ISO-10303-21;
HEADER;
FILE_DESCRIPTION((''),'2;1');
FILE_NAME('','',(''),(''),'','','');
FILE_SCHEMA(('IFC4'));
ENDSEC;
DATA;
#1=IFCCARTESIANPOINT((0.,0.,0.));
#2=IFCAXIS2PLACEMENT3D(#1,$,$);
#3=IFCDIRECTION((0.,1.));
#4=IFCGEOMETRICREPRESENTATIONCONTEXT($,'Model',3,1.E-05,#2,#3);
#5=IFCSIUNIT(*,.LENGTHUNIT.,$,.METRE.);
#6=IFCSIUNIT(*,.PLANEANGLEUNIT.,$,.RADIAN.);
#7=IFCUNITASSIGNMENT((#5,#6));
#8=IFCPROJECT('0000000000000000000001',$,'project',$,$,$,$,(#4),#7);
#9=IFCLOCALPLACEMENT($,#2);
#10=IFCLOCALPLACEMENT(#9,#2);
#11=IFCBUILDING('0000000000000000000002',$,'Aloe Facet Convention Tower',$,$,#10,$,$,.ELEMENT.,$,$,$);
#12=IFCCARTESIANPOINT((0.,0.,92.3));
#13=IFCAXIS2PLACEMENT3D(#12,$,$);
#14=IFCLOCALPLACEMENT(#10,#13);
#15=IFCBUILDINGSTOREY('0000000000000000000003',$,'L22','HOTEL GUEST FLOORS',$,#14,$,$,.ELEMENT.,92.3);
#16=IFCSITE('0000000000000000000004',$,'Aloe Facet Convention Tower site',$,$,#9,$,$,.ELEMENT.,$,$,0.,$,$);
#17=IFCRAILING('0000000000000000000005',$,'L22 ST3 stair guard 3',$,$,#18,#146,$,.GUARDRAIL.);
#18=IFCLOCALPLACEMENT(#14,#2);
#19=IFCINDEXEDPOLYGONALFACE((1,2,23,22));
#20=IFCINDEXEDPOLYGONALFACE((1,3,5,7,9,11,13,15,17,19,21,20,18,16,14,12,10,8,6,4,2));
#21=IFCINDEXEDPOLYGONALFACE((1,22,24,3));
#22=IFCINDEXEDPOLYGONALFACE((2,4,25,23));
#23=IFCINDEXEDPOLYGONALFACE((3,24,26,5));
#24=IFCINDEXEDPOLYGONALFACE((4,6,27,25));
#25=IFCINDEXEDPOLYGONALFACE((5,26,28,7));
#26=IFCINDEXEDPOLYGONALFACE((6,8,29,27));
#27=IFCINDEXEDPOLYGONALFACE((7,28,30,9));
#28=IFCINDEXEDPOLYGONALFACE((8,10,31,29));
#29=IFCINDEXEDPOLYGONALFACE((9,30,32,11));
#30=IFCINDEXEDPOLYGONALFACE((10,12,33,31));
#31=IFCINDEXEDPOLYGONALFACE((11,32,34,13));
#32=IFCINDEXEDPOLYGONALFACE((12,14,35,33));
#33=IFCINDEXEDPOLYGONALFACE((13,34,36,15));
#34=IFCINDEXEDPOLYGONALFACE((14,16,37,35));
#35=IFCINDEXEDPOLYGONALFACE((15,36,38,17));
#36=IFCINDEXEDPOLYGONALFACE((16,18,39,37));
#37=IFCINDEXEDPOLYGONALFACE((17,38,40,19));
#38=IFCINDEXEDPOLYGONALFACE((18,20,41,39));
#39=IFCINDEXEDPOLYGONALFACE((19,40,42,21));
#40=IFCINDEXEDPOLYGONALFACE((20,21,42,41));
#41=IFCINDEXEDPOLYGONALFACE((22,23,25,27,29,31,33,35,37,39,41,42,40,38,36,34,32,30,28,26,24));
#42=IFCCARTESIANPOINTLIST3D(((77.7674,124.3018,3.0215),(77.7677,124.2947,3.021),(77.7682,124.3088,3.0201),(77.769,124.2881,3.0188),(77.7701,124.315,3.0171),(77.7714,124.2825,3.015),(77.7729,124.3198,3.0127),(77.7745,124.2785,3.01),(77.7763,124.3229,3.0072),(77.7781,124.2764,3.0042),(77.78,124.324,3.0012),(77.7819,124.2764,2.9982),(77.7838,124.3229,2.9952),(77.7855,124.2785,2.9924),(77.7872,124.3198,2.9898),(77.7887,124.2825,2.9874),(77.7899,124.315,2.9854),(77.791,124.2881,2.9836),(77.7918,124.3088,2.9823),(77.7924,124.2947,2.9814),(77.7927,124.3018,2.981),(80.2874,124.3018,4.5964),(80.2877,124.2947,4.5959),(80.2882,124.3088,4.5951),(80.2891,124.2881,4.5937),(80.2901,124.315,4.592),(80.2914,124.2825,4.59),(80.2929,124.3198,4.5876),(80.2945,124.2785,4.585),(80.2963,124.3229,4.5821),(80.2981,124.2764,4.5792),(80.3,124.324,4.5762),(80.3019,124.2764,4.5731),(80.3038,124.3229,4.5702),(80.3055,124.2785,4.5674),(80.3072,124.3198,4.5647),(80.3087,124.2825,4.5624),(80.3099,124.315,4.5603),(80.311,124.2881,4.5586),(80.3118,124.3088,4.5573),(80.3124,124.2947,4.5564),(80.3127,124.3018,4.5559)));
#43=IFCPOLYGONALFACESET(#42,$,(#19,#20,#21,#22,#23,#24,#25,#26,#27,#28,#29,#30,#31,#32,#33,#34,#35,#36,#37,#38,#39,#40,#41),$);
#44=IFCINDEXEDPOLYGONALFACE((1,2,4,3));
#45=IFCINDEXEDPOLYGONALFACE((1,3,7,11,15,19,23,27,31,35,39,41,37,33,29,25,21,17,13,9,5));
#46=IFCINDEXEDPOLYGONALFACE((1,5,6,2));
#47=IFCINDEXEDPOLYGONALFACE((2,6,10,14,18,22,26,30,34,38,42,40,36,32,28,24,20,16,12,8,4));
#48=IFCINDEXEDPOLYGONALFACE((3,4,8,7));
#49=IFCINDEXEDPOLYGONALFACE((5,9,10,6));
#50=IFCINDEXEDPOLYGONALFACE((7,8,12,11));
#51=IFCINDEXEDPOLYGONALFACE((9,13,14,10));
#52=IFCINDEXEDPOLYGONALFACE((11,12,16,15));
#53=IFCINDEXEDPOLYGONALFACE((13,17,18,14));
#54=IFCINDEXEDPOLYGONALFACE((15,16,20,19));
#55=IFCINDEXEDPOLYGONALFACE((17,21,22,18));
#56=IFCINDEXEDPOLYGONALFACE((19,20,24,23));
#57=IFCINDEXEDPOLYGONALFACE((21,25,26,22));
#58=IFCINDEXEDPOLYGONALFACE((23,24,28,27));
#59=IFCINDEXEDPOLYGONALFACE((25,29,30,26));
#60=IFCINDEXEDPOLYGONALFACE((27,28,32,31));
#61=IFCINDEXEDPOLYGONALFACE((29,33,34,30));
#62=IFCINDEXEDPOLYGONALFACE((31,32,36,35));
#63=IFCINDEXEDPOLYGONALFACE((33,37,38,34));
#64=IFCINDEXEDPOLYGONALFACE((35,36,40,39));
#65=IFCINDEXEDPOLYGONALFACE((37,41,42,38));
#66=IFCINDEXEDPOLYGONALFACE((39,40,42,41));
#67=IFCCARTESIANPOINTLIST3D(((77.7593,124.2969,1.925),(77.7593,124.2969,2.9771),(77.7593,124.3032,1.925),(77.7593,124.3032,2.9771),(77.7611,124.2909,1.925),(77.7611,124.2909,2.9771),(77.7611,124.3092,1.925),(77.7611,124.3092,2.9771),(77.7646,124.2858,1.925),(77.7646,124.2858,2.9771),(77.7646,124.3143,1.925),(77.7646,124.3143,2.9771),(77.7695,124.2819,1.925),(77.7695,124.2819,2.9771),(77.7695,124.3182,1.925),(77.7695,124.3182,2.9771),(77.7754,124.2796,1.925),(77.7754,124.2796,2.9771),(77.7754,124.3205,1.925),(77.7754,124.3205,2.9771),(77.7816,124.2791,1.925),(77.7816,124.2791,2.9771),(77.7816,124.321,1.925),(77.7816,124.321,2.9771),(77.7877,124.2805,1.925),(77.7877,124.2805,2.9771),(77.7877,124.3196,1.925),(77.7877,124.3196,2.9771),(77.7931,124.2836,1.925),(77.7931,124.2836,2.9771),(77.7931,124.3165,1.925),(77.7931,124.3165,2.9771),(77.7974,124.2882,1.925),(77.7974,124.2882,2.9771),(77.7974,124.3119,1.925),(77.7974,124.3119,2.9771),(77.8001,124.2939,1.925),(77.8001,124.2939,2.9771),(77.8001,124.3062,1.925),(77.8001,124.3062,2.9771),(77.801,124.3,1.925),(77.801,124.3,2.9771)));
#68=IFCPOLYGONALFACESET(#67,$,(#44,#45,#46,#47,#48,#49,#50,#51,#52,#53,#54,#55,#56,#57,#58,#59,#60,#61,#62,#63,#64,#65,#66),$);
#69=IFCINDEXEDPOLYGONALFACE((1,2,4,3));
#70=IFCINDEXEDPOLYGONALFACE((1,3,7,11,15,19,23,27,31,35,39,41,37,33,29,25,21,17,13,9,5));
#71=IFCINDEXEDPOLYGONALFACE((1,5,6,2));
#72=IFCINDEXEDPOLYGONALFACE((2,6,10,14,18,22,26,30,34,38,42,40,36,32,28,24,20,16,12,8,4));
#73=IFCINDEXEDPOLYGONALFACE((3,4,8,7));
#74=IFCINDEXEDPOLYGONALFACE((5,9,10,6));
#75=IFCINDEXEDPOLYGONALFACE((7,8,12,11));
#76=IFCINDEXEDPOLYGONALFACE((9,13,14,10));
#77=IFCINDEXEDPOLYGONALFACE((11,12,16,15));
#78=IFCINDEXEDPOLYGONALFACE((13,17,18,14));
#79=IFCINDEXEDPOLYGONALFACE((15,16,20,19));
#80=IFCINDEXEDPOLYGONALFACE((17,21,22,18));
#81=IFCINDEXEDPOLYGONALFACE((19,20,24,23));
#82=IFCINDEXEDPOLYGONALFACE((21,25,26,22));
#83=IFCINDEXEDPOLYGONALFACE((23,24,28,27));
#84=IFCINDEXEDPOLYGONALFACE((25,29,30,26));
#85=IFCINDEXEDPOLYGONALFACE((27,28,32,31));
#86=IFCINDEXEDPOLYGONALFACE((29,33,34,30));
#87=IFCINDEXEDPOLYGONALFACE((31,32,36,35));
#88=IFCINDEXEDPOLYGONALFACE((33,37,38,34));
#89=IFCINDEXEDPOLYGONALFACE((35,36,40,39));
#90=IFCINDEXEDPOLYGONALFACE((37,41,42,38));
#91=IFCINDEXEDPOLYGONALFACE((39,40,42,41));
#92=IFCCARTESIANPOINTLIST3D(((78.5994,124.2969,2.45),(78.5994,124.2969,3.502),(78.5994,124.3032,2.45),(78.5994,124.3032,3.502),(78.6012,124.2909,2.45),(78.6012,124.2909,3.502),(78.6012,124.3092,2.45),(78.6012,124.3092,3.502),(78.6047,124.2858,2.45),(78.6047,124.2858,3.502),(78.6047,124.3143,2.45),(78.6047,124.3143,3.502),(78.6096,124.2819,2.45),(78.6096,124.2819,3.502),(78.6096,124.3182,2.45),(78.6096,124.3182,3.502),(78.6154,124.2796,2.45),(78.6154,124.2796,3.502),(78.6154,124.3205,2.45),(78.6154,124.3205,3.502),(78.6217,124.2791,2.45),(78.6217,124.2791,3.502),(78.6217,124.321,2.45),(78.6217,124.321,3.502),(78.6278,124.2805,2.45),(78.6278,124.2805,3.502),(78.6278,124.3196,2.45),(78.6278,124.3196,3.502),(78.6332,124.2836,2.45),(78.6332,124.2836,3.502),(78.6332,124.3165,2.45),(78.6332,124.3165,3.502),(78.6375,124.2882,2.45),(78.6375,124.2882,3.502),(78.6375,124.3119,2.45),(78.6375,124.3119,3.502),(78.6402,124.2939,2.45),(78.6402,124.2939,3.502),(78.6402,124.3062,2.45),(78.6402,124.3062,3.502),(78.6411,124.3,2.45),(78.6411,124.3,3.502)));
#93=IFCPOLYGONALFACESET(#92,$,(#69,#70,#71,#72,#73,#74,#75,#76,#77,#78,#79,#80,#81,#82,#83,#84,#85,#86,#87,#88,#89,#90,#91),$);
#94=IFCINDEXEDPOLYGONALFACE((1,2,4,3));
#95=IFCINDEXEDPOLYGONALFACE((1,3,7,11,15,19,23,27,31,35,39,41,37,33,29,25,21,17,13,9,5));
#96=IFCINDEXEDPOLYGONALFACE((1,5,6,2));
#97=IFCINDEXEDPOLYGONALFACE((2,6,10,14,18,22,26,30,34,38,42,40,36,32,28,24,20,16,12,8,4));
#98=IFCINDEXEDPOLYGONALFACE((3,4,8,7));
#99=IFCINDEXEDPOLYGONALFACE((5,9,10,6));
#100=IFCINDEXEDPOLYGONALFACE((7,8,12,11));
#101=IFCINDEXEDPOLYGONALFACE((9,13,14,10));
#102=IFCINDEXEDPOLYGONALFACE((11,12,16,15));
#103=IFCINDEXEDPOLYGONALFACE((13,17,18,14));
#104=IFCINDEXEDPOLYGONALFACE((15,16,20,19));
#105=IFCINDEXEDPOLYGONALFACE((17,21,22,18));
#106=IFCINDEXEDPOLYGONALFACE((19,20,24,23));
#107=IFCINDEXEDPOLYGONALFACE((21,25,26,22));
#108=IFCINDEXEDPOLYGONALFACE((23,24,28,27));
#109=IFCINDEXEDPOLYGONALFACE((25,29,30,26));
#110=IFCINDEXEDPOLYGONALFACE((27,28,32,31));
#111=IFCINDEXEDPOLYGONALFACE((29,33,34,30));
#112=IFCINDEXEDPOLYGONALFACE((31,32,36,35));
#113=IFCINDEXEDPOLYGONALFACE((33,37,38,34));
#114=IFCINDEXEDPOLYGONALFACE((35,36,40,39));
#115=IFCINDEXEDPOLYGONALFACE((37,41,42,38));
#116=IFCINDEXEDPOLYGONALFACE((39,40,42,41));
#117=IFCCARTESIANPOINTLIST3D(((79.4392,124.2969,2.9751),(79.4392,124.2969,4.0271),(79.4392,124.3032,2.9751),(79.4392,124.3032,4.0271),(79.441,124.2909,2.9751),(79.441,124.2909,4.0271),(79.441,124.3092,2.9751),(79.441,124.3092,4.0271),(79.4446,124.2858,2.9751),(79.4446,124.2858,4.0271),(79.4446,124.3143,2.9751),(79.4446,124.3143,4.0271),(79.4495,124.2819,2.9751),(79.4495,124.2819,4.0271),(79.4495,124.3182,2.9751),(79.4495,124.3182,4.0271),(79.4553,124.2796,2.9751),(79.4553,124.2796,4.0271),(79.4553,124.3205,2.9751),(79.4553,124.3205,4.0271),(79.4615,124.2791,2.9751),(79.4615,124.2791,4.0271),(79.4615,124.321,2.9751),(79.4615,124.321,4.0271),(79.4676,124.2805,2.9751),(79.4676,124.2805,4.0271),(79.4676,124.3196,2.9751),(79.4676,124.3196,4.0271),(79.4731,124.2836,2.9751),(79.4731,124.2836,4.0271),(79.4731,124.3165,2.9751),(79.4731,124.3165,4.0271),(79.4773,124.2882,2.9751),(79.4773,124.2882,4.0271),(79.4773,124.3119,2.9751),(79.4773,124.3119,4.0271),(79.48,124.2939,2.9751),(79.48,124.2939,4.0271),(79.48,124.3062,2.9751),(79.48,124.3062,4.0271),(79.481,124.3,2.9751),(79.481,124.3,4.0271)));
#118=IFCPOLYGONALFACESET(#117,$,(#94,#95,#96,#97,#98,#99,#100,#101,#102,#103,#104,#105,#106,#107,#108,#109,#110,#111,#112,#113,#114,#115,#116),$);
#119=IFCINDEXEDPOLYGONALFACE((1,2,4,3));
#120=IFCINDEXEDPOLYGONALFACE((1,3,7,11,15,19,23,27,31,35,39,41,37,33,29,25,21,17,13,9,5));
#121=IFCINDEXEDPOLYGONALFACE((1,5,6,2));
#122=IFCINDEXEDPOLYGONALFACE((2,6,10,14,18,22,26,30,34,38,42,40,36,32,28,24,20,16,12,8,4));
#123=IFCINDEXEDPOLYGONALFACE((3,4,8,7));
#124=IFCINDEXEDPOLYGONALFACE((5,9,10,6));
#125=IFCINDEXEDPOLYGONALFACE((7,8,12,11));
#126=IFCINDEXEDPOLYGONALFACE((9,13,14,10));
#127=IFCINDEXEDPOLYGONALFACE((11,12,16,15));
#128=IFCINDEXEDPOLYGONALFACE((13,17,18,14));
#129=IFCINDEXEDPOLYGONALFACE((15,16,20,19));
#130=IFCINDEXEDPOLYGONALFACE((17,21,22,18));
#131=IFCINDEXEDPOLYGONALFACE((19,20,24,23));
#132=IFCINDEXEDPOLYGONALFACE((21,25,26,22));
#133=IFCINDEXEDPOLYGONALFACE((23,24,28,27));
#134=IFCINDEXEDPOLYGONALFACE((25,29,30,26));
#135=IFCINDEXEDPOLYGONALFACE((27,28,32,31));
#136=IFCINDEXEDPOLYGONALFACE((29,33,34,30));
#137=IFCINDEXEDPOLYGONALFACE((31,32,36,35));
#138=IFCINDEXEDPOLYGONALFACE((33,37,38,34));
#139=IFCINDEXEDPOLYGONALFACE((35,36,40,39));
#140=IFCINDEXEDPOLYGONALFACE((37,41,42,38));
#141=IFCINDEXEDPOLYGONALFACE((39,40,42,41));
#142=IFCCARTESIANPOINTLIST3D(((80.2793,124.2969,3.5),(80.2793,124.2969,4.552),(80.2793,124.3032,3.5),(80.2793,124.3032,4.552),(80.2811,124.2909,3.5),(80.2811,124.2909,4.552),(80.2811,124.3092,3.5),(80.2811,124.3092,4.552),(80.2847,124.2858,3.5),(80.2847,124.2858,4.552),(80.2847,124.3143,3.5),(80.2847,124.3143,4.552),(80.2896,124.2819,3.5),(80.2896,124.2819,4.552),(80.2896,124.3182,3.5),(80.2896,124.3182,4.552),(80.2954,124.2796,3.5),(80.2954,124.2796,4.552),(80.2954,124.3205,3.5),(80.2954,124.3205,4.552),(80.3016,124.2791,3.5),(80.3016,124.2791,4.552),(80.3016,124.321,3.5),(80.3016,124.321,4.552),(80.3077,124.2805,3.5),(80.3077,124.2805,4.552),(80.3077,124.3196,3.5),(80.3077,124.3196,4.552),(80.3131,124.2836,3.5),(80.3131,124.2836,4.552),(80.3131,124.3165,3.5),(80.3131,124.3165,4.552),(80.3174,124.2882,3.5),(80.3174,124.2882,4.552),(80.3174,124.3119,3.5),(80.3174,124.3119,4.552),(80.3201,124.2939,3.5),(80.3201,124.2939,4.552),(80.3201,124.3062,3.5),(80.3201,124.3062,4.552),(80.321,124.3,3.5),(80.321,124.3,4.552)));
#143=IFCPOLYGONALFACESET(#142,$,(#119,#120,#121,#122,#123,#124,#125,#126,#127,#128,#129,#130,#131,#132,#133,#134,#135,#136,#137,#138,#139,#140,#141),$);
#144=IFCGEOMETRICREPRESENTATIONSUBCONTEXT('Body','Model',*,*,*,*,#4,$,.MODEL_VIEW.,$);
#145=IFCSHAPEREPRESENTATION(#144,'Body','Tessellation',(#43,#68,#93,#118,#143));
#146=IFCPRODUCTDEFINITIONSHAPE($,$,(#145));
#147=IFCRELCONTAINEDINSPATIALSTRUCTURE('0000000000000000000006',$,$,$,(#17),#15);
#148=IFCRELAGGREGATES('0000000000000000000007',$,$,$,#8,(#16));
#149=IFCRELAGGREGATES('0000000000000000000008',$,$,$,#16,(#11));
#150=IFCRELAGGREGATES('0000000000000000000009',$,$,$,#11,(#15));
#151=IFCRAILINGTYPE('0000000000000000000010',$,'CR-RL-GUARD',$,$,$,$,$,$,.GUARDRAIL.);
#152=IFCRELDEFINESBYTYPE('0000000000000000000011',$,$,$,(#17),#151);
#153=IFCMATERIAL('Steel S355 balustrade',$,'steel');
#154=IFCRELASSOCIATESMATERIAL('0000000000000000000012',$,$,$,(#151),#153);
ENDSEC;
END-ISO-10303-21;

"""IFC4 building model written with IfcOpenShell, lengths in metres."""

from ifc_helpers import new_model, si_unit, direction, frame, origin, origin_2d, place, context, subcontext, project, spatial, circle, extrude, material, type_object, element, save


model = new_model("IFC4")

# Units and contexts
model_context = context("Model", 3, precision=1e-05, world=origin(), true_north=direction((0.0, 1.0)))
body_context = subcontext(model_context, "Body", "Model", "MODEL_VIEW")
ifc_project = project(units=[si_unit("LENGTHUNIT", "METRE"), si_unit("PLANEANGLEUNIT", "RADIAN")], contexts=[model_context])

# Site, building, storey
site_placement = place(None, origin())
site = spatial("IfcSite", under=ifc_project, at=site_placement, Name="Aloe Facet Convention Tower site", CompositionType="ELEMENT", RefElevation=0.0)
building_placement = place(site_placement, origin())
building = spatial("IfcBuilding", under=site, at=building_placement, Name="Aloe Facet Convention Tower", CompositionType="ELEMENT")
storey_placement = place(building_placement, frame((0.0, 0.0, 92.3)))
storey = spatial("IfcBuildingStorey", under=building, at=storey_placement, Name="L22", Description="HOTEL GUEST FLOORS", CompositionType="ELEMENT", Elevation=92.3)

# Railing
ifc_material_1 = material(Name="Steel S355 balustrade", Category="steel")
railing_type_1 = type_object("IfcRailingType", Name="CR-RL-GUARD", PredefinedType="GUARDRAIL", material=ifc_material_1)
railing_1_placement = place(storey_placement, frame((77.78, 124.3, 1.925)))
element("IfcRailing", 1, at=railing_1_placement, inside=storey, type_object=railing_type_1, Name="L22 ST3 stair guard 3", PredefinedType="GUARDRAIL", context=body_context, shape_type="SweptSolid", body=[
    extrude(circle(Radius=0.0239, at=origin_2d()), frame((0.0, 0.0, 1.0762), z_axis=(0.848008, 0.0, 0.529984), x_axis=(0.0, 1.0, 0.0)), (0.0, 0.0, 1.0), 2.9717),
    extrude(circle(Radius=0.021, at=origin_2d()), origin(), (0.0, 0.0, 1.0), 1.052),
    extrude(circle(Radius=0.021, at=origin_2d()), frame((0.8401, 0.0, 0.5249)), (0.0, 0.0, 1.0), 1.052),
    extrude(circle(Radius=0.021, at=origin_2d()), frame((1.6799, 0.0, 1.05)), (0.0, 0.0, 1.0), 1.052),
    extrude(circle(Radius=0.021, at=origin_2d()), frame((2.52, 0.0, 1.575)), (0.0, 0.0, 1.0), 1.052),
])

save(model, "model.ifc")
